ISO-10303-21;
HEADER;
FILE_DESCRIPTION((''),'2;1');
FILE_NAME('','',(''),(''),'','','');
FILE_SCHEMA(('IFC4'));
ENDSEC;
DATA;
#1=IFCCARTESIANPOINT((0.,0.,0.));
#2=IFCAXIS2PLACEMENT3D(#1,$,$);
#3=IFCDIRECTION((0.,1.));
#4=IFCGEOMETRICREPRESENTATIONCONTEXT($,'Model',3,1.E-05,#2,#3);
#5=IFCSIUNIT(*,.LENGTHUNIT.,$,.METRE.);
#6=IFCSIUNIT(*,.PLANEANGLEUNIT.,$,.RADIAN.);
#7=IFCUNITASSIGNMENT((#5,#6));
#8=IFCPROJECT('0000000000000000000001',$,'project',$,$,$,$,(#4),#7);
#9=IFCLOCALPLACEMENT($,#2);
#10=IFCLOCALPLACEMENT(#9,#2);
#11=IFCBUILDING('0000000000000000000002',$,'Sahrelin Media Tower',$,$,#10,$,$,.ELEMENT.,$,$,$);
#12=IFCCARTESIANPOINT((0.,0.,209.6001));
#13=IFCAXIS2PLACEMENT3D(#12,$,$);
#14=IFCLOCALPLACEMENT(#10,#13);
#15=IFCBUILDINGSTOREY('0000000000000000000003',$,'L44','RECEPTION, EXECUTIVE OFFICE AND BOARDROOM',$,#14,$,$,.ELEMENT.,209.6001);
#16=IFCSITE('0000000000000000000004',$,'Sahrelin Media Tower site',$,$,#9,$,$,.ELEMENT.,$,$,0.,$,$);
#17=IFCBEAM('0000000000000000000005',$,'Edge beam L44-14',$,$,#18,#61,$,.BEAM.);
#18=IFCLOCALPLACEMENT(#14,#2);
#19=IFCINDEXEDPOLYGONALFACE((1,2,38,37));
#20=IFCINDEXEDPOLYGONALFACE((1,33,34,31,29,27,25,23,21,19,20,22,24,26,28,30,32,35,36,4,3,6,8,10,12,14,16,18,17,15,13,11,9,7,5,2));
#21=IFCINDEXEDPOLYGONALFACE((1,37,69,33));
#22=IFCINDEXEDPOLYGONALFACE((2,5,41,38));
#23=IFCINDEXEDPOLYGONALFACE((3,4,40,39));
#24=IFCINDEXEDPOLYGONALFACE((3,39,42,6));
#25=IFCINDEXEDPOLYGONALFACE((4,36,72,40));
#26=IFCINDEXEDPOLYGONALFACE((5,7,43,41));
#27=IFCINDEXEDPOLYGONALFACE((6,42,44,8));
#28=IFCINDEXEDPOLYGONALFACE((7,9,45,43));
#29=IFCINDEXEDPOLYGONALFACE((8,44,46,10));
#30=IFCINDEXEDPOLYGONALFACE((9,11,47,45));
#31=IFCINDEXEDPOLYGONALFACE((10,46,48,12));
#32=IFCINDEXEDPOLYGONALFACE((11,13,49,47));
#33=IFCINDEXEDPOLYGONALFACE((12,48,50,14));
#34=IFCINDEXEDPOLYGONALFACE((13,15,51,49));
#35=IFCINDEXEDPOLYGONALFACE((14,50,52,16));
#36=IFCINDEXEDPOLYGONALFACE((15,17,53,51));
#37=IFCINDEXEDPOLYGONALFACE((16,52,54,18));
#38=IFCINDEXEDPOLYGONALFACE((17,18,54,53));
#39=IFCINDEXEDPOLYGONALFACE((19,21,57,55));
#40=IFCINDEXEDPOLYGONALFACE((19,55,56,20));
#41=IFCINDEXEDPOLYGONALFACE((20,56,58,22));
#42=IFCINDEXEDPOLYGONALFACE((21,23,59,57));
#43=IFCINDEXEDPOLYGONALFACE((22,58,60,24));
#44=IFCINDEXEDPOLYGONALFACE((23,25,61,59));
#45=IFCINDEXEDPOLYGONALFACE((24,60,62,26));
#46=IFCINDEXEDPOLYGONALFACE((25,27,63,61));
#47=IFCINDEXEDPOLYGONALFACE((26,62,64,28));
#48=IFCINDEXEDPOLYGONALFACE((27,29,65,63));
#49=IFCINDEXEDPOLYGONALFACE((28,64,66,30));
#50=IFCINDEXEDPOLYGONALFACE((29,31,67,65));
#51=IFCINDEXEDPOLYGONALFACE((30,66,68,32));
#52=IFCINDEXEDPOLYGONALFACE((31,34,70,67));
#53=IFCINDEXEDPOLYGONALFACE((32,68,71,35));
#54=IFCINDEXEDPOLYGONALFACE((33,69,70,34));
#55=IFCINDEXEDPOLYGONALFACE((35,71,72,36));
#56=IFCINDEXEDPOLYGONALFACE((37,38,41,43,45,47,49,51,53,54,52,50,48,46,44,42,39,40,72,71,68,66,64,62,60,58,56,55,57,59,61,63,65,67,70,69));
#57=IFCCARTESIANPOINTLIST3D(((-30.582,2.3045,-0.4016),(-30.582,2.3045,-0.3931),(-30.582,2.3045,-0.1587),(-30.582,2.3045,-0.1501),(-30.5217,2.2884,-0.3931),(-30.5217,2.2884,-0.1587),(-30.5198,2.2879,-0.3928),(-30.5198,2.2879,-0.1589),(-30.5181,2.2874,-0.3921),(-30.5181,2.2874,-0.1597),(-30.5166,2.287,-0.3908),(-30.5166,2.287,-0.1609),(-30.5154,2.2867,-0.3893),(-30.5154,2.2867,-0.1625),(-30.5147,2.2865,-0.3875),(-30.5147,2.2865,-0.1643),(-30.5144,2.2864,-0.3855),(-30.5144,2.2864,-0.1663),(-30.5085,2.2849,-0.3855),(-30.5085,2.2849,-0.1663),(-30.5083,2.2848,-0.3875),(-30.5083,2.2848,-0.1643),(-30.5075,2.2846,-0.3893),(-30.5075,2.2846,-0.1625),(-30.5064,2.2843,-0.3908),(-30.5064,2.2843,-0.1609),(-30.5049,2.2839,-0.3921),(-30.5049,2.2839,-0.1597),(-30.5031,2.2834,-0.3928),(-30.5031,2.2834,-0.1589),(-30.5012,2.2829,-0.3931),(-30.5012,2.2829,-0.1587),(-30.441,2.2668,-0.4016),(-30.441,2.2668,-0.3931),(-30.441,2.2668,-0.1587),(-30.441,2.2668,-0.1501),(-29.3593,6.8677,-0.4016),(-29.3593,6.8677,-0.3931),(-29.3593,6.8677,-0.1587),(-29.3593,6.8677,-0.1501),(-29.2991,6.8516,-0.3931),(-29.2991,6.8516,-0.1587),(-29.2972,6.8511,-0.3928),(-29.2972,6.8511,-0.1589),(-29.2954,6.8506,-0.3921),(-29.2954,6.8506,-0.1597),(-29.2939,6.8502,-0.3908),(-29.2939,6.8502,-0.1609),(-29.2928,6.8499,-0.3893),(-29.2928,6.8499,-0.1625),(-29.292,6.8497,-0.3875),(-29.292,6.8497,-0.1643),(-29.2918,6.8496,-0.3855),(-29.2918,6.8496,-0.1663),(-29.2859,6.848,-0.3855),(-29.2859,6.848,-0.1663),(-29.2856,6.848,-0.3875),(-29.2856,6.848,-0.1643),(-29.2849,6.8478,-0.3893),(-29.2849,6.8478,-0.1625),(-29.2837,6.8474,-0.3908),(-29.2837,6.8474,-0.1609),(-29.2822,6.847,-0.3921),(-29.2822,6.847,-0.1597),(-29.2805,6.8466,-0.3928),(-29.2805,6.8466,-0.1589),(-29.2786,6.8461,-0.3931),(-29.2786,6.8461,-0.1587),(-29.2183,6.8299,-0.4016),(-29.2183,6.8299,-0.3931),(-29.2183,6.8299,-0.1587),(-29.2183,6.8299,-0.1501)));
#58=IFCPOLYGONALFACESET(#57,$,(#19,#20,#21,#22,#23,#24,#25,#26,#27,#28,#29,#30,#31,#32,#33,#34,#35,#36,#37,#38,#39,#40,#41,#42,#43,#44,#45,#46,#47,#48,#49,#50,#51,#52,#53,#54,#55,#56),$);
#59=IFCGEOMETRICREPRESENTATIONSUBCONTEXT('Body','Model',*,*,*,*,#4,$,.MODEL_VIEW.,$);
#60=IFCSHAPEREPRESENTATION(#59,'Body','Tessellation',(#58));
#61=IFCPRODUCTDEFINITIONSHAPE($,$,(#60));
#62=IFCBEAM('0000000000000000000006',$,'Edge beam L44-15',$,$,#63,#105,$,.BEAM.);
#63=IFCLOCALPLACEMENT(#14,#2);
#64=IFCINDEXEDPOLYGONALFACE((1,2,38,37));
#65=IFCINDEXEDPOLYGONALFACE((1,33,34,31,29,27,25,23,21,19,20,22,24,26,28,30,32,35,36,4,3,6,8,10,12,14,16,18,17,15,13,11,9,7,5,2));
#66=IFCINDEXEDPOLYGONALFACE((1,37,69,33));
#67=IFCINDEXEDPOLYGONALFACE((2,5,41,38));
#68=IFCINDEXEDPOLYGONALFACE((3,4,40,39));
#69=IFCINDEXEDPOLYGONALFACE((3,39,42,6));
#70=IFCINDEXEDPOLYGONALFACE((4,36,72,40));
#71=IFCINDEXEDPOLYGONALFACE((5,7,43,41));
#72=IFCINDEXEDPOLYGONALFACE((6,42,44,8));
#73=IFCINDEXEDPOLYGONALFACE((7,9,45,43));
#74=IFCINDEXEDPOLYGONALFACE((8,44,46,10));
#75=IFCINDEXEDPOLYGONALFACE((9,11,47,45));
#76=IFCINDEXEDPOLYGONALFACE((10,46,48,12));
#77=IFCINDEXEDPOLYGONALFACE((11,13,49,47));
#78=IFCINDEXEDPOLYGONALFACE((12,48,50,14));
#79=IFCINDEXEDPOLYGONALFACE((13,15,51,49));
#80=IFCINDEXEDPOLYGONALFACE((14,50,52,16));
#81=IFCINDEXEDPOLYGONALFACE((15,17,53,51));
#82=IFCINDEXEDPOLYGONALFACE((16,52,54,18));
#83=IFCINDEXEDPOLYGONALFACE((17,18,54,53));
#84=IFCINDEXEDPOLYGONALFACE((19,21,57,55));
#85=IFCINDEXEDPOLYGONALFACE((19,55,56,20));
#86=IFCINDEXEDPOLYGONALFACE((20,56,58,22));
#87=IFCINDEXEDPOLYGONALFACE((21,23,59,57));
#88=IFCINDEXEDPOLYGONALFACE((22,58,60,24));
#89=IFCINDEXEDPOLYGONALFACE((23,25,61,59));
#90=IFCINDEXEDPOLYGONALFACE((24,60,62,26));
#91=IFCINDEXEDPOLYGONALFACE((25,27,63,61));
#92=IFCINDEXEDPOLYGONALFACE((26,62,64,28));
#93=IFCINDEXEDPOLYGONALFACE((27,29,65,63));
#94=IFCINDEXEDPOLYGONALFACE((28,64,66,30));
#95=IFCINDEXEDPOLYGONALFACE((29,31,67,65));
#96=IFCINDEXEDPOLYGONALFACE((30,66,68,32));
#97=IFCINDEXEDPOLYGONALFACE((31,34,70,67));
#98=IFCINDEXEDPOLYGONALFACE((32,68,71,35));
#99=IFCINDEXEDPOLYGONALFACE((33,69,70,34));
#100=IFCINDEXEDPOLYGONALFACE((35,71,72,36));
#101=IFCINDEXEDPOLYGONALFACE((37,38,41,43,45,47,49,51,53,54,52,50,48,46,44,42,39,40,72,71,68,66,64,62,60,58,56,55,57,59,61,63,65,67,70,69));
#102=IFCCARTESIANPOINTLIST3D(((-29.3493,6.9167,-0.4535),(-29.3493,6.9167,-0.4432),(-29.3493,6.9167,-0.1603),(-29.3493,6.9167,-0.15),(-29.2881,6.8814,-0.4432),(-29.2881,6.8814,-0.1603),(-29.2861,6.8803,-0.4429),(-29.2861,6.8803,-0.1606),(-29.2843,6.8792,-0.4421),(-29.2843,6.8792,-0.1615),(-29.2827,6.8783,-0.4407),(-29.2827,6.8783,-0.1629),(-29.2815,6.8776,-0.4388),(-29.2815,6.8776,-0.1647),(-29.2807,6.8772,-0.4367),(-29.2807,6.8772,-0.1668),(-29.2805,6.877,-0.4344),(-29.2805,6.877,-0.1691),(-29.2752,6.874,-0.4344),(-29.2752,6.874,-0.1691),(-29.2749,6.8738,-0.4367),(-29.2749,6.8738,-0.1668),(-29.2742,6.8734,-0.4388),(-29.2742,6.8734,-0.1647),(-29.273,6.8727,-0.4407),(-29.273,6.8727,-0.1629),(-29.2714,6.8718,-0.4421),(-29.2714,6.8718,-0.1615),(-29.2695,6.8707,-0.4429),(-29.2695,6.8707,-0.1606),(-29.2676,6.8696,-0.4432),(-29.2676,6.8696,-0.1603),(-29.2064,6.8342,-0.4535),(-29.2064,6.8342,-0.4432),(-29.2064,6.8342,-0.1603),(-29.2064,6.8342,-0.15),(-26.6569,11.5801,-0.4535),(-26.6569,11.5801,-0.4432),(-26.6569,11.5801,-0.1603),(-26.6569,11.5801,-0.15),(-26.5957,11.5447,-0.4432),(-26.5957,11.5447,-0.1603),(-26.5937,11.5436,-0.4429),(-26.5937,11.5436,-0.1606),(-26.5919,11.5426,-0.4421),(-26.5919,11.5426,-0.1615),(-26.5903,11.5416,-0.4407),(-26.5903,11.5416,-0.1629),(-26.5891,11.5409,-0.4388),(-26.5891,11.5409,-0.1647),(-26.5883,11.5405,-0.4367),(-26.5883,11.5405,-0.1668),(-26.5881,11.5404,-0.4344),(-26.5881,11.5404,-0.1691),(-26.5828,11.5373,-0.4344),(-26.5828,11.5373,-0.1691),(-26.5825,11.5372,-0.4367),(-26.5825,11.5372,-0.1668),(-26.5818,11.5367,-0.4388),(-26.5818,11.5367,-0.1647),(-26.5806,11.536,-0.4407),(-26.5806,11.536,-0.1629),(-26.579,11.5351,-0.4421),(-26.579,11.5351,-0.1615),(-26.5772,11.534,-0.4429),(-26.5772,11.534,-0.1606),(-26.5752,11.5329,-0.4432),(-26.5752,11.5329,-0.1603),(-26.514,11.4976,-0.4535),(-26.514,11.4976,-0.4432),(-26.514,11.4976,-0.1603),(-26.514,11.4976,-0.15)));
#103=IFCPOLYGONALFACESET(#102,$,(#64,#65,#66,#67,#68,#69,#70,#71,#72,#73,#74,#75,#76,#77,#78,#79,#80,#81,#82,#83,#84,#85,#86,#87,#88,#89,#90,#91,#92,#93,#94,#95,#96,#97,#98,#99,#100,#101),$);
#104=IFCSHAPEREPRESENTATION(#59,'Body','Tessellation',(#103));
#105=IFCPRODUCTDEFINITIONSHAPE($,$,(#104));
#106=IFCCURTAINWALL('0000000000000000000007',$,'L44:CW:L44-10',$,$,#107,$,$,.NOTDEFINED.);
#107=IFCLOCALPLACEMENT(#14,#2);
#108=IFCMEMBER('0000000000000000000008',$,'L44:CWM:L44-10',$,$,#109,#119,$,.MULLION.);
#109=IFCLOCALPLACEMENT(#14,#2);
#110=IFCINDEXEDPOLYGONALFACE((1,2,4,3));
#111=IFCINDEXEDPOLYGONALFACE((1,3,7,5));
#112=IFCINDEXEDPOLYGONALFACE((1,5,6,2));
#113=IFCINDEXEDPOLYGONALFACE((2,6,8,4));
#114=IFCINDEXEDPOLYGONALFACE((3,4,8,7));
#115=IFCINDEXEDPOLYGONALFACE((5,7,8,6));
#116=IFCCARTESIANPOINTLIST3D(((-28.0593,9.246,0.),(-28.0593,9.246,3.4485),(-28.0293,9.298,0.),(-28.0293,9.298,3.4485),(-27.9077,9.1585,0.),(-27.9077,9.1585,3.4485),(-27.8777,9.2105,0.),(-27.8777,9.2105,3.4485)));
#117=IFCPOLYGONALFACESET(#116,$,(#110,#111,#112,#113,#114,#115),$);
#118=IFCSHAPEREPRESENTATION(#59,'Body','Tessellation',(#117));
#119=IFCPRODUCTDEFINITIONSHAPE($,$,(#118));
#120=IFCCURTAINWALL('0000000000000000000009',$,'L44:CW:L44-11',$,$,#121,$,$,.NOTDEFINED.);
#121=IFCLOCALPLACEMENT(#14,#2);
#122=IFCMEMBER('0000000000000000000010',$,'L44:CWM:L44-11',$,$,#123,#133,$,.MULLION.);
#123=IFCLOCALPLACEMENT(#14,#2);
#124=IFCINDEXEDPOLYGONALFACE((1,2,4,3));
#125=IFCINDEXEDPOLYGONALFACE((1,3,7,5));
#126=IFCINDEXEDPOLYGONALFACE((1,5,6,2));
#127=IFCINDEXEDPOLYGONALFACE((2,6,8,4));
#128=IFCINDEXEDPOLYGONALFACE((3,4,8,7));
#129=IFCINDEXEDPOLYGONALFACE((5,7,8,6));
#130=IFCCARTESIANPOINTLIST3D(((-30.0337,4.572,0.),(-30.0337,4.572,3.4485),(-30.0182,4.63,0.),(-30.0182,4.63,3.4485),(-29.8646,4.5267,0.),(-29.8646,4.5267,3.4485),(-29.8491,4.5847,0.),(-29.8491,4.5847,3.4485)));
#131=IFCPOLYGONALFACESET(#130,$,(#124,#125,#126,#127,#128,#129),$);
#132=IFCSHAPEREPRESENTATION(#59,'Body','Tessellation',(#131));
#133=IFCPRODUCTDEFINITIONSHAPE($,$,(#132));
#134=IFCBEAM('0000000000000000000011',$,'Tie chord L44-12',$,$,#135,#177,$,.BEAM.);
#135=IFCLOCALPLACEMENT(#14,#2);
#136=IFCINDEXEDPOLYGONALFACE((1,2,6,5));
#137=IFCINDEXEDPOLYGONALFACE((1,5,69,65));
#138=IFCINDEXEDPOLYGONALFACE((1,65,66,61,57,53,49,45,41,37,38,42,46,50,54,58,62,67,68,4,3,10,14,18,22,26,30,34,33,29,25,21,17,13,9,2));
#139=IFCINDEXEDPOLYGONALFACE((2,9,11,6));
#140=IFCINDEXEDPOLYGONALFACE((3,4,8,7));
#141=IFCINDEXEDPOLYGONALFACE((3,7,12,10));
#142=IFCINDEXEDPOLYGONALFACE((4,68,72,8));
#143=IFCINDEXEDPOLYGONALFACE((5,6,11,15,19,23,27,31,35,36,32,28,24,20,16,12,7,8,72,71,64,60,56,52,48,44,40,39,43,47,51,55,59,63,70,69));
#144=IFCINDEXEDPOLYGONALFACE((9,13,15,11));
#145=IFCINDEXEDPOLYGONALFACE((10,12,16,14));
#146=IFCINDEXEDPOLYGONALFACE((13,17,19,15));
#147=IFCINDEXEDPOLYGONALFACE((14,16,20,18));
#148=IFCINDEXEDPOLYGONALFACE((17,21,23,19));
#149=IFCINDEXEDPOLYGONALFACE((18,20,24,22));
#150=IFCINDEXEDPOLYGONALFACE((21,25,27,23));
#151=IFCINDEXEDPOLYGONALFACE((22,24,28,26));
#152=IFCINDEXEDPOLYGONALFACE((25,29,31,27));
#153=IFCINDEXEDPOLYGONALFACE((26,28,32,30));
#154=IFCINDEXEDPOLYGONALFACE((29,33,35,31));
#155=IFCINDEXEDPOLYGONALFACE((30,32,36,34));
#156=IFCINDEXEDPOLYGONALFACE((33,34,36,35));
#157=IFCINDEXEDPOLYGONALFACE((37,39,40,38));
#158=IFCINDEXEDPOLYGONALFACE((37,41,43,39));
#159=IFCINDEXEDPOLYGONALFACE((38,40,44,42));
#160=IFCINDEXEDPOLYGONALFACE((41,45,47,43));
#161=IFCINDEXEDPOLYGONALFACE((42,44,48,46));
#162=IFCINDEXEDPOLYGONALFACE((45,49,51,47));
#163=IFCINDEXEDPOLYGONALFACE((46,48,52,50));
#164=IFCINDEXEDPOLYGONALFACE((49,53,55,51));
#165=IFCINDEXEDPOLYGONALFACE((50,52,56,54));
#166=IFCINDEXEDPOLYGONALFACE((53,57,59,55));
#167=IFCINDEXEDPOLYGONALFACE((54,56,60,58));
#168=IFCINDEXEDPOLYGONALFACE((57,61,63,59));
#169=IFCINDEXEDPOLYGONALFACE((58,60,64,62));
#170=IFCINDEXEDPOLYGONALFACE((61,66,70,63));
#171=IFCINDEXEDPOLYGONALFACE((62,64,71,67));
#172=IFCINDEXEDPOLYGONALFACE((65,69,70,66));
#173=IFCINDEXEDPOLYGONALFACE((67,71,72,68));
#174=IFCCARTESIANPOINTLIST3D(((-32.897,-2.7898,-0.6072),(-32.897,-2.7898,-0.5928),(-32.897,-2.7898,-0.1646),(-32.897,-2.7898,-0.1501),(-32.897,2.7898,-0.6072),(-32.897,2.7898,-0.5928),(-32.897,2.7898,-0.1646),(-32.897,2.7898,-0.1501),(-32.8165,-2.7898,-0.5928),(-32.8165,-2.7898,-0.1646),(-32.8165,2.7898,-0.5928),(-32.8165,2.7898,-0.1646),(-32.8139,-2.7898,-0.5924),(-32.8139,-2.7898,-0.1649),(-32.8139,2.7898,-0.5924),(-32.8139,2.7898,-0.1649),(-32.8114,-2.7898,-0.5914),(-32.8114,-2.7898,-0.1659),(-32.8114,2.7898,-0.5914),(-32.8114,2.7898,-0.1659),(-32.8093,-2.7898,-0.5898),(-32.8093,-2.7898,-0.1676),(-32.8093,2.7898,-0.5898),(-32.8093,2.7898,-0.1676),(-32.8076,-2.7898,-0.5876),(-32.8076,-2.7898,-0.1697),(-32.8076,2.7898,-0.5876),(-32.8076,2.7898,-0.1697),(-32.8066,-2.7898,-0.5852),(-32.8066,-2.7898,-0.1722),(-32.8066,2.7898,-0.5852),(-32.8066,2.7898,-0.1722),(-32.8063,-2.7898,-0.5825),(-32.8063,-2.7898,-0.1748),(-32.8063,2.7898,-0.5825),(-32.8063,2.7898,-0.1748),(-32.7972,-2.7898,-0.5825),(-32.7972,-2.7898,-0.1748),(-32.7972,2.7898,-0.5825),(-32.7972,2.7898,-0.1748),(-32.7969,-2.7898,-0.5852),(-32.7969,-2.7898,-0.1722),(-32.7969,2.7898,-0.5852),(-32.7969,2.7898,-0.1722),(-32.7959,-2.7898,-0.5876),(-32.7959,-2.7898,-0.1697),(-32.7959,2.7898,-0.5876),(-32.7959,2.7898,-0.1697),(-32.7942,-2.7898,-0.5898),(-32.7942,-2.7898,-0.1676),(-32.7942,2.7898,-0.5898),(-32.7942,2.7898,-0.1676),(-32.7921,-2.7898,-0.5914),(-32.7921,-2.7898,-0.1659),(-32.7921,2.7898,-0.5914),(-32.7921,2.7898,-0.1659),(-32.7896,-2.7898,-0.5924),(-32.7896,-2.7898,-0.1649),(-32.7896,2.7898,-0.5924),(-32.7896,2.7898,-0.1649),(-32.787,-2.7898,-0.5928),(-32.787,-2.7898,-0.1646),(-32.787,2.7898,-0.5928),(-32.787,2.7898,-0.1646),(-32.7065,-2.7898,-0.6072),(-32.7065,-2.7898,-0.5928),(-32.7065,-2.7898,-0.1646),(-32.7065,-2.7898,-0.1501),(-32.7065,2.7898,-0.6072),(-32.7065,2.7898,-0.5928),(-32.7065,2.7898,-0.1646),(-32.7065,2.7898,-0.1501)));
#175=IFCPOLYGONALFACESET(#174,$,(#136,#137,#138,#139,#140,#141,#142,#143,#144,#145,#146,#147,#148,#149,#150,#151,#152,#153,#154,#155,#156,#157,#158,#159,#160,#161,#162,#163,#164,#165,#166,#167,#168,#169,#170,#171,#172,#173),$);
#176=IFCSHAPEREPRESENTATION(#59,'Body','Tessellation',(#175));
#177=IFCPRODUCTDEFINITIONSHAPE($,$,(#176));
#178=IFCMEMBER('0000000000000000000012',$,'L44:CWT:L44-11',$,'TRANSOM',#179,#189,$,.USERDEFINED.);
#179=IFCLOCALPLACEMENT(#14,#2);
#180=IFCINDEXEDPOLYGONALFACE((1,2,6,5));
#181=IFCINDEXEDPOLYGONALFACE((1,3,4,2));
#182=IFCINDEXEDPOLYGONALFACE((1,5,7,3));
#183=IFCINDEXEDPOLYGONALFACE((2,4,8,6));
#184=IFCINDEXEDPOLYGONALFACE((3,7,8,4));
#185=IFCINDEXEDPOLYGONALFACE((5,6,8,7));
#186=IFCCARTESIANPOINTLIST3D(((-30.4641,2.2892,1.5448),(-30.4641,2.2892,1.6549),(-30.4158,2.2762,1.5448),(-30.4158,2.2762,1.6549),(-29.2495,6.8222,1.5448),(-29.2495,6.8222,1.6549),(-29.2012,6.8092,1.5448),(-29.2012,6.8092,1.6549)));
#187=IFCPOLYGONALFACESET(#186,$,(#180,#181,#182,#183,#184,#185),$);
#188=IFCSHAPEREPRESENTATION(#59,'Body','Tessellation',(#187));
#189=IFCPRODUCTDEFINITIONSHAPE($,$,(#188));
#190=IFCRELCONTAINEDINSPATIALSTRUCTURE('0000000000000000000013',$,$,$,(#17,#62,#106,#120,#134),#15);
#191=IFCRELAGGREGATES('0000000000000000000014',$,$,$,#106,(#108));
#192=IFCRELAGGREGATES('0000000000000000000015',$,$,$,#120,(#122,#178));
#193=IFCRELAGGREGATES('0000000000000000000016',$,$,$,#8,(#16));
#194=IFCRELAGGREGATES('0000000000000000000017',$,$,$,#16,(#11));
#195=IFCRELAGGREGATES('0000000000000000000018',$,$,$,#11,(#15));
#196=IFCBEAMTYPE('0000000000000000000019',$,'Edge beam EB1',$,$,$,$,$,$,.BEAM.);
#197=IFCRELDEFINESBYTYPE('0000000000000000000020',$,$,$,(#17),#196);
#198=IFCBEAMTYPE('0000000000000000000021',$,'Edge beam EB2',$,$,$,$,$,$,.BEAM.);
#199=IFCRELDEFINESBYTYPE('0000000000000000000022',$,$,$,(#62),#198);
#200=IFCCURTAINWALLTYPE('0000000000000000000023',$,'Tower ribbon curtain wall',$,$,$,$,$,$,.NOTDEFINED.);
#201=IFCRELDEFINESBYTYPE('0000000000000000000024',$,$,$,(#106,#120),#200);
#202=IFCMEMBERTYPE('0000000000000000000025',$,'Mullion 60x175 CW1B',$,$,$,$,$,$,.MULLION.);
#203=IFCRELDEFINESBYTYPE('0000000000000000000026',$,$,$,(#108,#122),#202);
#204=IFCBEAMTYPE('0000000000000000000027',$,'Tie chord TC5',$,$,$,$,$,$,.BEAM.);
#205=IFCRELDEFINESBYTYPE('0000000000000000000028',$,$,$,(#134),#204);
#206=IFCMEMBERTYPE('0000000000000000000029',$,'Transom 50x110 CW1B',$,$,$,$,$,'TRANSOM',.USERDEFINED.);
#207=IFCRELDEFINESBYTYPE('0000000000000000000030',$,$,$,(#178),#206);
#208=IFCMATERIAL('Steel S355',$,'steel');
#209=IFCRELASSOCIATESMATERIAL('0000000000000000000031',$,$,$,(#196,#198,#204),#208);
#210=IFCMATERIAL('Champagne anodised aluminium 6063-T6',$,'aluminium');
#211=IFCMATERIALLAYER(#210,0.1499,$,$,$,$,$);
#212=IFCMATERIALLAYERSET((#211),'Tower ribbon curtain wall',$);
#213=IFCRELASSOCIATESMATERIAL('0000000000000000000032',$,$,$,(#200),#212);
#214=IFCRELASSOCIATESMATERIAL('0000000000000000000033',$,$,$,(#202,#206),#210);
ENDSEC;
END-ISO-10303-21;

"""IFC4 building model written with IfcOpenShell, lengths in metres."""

from ifc_helpers import new_model, si_unit, direction, frame, origin, origin_2d, place, context, subcontext, project, spatial, rectangle, i_section, extrude, material, layer, layer_set, material_profile, profile_set, type_object, element, aggregate, save


model = new_model("IFC4")

# Units and contexts
model_context = context("Model", 3, precision=1e-05, world=origin(), true_north=direction((0.0, 1.0)))
body_context = subcontext(model_context, "Body", "Model", "MODEL_VIEW")
ifc_project = project(units=[si_unit("LENGTHUNIT", "METRE"), si_unit("PLANEANGLEUNIT", "RADIAN")], contexts=[model_context])

# Site, building, storey
site_placement = place(None, origin())
site = spatial("IfcSite", under=ifc_project, at=site_placement, Name="Sahrelin Media Tower site", CompositionType="ELEMENT", RefElevation=0.0)
building_placement = place(site_placement, origin())
building = spatial("IfcBuilding", under=site, at=building_placement, Name="Sahrelin Media Tower", CompositionType="ELEMENT")
storey_placement = place(building_placement, frame((0.0, 0.0, 209.6001)))
storey = spatial("IfcBuildingStorey", under=building, at=storey_placement, Name="L44", Description="RECEPTION, EXECUTIVE OFFICE AND BOARDROOM", CompositionType="ELEMENT", Elevation=209.6001)

# Beams
ifc_material_1 = material(Name="Steel S355", Category="steel")
ifc_material_profile_1 = material_profile(ifc_material_1, i_section(OverallWidth=0.146, OverallDepth=0.2515, WebThickness=0.0061, FlangeThickness=0.0085, FilletRadius=0.0076, at=origin_2d()), Name="UB 254x146x31")
ifc_profile_set_1 = profile_set([ifc_material_profile_1], Name="Steel S355")
beam_type_1 = type_object("IfcBeamType", Name="Edge beam EB1", PredefinedType="BEAM", material=ifc_profile_set_1)
beam_1_placement = place(storey_placement, frame((-30.5115, 2.2856, -0.2759), z_axis=(0.258808, 0.965929, 0.0), x_axis=(-0.965929, 0.258808, 0.0)))
element("IfcBeam", 1, at=beam_1_placement, inside=storey, type_object=beam_type_1, Name="Edge beam L44-14", PredefinedType="BEAM", context=body_context, shape_type="SweptSolid", body=[
    extrude(i_section(OverallWidth=0.146, OverallDepth=0.2515, WebThickness=0.0061, FlangeThickness=0.0085, FilletRadius=0.0076, at=origin_2d()), origin(), (0.0, 0.0, 1.0), 4.7241),
])
ifc_material_profile_2 = material_profile(ifc_material_1, i_section(OverallWidth=0.165, OverallDepth=0.3035, WebThickness=0.0061, FlangeThickness=0.0103, FilletRadius=0.0088, at=origin_2d()), Name="UB 305x165x40")
ifc_profile_set_2 = profile_set([ifc_material_profile_2], Name="Steel S355")
beam_type_2 = type_object("IfcBeamType", Name="Edge beam EB2", PredefinedType="BEAM", material=ifc_profile_set_2)
beam_2_placement = place(storey_placement, frame((-29.2778, 6.8755, -0.3018), z_axis=(0.500001, 0.866025, 0.0), x_axis=(-0.866025, 0.500001, 0.0)))
element("IfcBeam", 2, at=beam_2_placement, inside=storey, type_object=beam_type_2, Name="Edge beam L44-15", PredefinedType="BEAM", context=body_context, shape_type="SweptSolid", body=[
    extrude(i_section(OverallWidth=0.165, OverallDepth=0.3035, WebThickness=0.0061, FlangeThickness=0.0103, FilletRadius=0.0088, at=origin_2d()), origin(), (0.0, 0.0, 1.0), 5.3848),
])

# Curtain walls, members
ifc_material_2 = material(Name="Champagne anodised aluminium 6063-T6", Category="aluminium")
ifc_layer_1 = layer(ifc_material_2, 0.1499)
ifc_layer_set_1 = layer_set([ifc_layer_1], Name="Tower ribbon curtain wall")
curtain_wall_type = type_object("IfcCurtainWallType", Name="Tower ribbon curtain wall", PredefinedType="NOTDEFINED", material=ifc_layer_set_1)
curtain_wall_1_placement = place(storey_placement, frame((-28.0615, 9.282, 0.0), z_axis=(0.0, 0.0, 1.0), x_axis=(1.0, 0.0, 0.0)))
curtain_wall_1 = element("IfcCurtainWall", 3, at=curtain_wall_1_placement, inside=storey, type_object=curtain_wall_type, Name="L44:CW:L44-10", PredefinedType="NOTDEFINED")
ifc_material_profile_3 = material_profile(ifc_material_2, rectangle(XDim=0.0601, YDim=0.175, at=origin_2d()), Name="Mullion 60x175")
ifc_profile_set_3 = profile_set([ifc_material_profile_3], Name="Champagne anodised aluminium 6063-T6")
member_type_1 = type_object("IfcMemberType", Name="Mullion 60x175 CW1B", PredefinedType="MULLION", material=ifc_profile_set_3)
member_1_placement = place(storey_placement, frame((-27.9685, 9.2283, 0.0), z_axis=(0.0, 0.0, 1.0), x_axis=(-0.500002, -0.866025, 0.0)))
member_1 = element("IfcMember", 4, at=member_1_placement, type_object=member_type_1, Name="L44:CWM:L44-10", PredefinedType="MULLION", context=body_context, shape_type="SweptSolid", body=[
    extrude(rectangle(XDim=0.0601, YDim=0.175, at=origin_2d()), origin(), (0.0, 0.0, 1.0), 3.4485),
])
aggregate(curtain_wall_1, [member_1])
curtain_wall_2_placement = place(storey_placement, frame((-30.0452, 4.6062, 0.0), z_axis=(0.0, 0.0, 1.0), x_axis=(1.0, 0.0, 0.0)))
curtain_wall_2 = element("IfcCurtainWall", 5, at=curtain_wall_2_placement, inside=storey, type_object=curtain_wall_type, Name="L44:CW:L44-11", PredefinedType="NOTDEFINED")
member_2_placement = place(storey_placement, frame((-29.9414, 4.5784, 0.0), z_axis=(0.0, 0.0, 1.0), x_axis=(-0.258811, -0.965928, 0.0)))
member_2 = element("IfcMember", 6, at=member_2_placement, type_object=member_type_1, Name="L44:CWM:L44-11", PredefinedType="MULLION", context=body_context, shape_type="SweptSolid", body=[
    extrude(rectangle(XDim=0.0601, YDim=0.175, at=origin_2d()), origin(), (0.0, 0.0, 1.0), 3.4485),
])

# Beam
ifc_material_profile_4 = material_profile(ifc_material_1, i_section(OverallWidth=0.1904, OverallDepth=0.457, WebThickness=0.009, FlangeThickness=0.0144, FilletRadius=0.0103, at=origin_2d()), Name="UB 457x191x74")
ifc_profile_set_4 = profile_set([ifc_material_profile_4], Name="Steel S355")
beam_type_3 = type_object("IfcBeamType", Name="Tie chord TC5", PredefinedType="BEAM", material=ifc_profile_set_4)
beam_3_placement = place(storey_placement, frame((-32.8018, 2.7898, -0.3787), z_axis=(0.0, -1.0, 0.0), x_axis=(1.0, 0.0, 0.0)))
element("IfcBeam", 7, at=beam_3_placement, inside=storey, type_object=beam_type_3, Name="Tie chord L44-12", PredefinedType="BEAM", context=body_context, shape_type="SweptSolid", body=[
    extrude(i_section(OverallWidth=0.1904, OverallDepth=0.457, WebThickness=0.009, FlangeThickness=0.0144, FilletRadius=0.0103, at=origin_2d()), origin(), (0.0, 0.0, 1.0), 5.5796),
])

# Member
ifc_material_profile_5 = material_profile(ifc_material_2, rectangle(XDim=0.05, YDim=0.1101, at=origin_2d()), Name="Transom 50x110")
ifc_profile_set_5 = profile_set([ifc_material_profile_5], Name="Champagne anodised aluminium 6063-T6")
member_type_2 = type_object("IfcMemberType", Name="Transom 50x110 CW1B", ElementType="TRANSOM", PredefinedType="USERDEFINED", material=ifc_profile_set_5)
member_3_placement = place(storey_placement, frame((-29.2253, 6.8157, 1.5999), z_axis=(-0.258818, -0.965926, 0.0), x_axis=(0.965926, -0.258818, 0.0)))
member_3 = element("IfcMember", 8, at=member_3_placement, type_object=member_type_2, Name="L44:CWT:L44-11", ObjectType="TRANSOM", PredefinedType="USERDEFINED", context=body_context, shape_type="SweptSolid", body=[
    extrude(rectangle(XDim=0.05, YDim=0.1101, at=origin_2d()), origin(), (0.0, 0.0, 1.0), 4.6929),
])

aggregate(curtain_wall_2, [member_2, member_3])

save(model, "model.ifc")
